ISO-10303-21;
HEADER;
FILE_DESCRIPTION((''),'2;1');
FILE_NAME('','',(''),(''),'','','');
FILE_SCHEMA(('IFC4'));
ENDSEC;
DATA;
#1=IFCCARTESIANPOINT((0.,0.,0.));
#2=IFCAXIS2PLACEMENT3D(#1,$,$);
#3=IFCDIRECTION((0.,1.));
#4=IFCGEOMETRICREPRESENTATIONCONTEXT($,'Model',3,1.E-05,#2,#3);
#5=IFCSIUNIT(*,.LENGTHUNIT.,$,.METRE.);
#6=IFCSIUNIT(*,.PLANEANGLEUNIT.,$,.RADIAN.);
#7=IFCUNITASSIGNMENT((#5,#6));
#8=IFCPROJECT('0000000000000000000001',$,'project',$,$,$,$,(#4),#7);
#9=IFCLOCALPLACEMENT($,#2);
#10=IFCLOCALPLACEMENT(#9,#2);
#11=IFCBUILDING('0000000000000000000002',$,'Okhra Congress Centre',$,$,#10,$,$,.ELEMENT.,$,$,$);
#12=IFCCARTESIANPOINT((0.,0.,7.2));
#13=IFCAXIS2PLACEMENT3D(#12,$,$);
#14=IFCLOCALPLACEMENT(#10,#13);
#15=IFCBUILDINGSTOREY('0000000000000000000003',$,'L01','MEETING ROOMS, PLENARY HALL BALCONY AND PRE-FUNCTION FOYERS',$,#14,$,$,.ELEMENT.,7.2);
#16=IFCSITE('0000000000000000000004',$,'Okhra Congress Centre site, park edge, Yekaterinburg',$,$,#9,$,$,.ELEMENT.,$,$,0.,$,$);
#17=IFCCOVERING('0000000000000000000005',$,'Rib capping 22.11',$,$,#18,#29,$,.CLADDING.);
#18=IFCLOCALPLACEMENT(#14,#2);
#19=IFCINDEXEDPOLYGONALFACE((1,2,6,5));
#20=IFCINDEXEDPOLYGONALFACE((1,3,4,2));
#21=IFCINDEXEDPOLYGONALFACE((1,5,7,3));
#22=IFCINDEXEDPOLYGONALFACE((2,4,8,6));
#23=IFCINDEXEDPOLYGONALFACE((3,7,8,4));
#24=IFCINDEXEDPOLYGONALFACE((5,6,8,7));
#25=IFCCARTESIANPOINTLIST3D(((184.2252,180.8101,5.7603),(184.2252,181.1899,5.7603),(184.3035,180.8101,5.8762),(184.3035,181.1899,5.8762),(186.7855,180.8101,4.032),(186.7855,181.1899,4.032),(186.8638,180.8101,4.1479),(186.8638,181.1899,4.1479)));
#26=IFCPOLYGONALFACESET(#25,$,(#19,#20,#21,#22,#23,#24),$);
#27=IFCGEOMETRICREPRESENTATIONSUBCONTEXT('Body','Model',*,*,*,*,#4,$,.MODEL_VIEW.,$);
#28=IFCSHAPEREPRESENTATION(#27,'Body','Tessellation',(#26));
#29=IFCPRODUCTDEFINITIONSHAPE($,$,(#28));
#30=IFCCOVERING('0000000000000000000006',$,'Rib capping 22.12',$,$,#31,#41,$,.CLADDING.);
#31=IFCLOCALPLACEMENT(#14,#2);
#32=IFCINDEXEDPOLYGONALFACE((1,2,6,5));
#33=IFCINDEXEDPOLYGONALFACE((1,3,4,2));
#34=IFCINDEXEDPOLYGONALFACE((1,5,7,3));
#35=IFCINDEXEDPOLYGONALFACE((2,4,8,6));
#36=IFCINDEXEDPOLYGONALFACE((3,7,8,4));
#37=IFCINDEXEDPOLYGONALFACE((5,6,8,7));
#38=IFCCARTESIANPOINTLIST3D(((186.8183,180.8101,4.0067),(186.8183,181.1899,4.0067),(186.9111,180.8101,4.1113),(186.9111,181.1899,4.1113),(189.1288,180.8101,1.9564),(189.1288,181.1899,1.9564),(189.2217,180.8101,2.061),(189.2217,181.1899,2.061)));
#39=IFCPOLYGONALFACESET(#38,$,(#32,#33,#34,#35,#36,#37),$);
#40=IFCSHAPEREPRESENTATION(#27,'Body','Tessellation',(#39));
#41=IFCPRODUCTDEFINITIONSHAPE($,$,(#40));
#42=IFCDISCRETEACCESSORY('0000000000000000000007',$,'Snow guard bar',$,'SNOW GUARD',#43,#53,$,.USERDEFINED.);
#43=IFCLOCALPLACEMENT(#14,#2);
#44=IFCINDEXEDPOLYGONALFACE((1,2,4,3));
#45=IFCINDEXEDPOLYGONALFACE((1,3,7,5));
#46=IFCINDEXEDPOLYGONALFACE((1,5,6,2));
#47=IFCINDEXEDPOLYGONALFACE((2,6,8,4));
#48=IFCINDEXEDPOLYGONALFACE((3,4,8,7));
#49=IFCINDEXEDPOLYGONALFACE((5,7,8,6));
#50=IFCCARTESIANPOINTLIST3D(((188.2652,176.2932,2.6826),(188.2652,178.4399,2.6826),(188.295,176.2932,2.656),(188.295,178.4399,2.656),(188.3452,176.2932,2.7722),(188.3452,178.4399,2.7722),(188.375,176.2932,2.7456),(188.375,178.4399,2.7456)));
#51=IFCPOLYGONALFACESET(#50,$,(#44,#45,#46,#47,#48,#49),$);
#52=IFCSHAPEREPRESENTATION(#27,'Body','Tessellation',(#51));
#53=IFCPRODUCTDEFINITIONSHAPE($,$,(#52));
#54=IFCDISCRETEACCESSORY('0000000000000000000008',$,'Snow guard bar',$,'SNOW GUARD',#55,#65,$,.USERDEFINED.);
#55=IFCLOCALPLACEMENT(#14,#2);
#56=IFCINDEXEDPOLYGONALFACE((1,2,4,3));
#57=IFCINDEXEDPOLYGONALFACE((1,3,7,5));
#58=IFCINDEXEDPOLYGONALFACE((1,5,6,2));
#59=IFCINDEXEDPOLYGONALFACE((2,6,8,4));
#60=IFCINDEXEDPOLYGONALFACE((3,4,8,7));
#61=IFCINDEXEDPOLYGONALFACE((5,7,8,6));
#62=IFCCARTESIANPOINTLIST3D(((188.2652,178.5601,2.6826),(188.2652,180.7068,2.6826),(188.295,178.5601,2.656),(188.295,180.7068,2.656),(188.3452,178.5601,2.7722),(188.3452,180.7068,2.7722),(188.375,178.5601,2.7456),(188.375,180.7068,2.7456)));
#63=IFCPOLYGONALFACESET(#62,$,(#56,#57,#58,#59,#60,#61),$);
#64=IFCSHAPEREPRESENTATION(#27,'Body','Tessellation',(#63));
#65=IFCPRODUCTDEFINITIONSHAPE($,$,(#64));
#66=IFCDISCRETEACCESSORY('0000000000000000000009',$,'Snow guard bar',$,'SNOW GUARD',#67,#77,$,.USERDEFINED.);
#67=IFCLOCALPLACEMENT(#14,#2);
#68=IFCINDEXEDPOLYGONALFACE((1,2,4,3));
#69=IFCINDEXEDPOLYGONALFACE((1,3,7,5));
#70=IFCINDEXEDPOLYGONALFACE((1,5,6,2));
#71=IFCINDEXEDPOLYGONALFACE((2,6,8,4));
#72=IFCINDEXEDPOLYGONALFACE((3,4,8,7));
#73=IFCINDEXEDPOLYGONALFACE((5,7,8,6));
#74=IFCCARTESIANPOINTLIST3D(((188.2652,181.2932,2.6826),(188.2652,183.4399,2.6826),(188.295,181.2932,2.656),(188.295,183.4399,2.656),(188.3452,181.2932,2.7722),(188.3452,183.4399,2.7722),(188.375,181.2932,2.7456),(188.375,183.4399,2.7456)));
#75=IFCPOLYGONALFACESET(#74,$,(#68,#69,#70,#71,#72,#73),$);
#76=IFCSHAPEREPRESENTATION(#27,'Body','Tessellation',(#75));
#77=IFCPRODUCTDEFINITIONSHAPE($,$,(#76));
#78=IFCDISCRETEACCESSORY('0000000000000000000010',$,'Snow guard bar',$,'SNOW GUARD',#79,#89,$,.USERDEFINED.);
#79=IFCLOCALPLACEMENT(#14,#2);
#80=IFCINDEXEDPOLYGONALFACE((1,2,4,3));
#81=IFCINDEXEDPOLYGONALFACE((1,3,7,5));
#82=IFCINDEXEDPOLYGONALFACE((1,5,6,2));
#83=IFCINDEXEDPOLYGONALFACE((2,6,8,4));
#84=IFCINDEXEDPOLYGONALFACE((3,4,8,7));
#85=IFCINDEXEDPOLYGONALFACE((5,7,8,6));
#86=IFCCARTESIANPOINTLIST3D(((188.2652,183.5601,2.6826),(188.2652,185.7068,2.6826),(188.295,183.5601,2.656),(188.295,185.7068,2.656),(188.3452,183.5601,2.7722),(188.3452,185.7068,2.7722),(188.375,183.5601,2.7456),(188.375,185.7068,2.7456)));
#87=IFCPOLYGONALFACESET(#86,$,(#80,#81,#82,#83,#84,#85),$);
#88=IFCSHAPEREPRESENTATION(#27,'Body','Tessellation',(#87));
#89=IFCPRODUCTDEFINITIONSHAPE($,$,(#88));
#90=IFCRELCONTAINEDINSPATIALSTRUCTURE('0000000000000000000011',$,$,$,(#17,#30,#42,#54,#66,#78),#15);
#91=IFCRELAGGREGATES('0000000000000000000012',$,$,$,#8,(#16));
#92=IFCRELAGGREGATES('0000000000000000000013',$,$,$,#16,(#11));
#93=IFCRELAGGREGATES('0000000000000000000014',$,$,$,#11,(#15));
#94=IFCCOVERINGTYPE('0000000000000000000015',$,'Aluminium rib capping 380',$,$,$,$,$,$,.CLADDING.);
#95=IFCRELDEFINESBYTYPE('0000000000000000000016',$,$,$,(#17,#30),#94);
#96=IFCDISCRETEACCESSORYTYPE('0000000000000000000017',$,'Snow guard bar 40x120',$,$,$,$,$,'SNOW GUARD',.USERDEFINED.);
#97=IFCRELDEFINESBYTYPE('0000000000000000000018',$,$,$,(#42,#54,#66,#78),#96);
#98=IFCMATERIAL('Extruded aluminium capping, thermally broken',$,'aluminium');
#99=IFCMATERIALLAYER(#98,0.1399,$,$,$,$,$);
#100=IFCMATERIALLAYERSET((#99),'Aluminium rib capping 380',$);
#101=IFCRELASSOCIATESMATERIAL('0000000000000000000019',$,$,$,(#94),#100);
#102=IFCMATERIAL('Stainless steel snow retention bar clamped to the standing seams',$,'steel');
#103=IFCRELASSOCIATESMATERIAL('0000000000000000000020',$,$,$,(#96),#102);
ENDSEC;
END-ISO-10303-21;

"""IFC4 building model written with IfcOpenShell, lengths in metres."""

from ifc_helpers import new_model, si_unit, direction, frame, origin, place, context, subcontext, project, spatial, polyline, outline, extrude, material, layer, layer_set, type_object, element, save


model = new_model("IFC4")

# Units and contexts
model_context = context("Model", 3, precision=1e-05, world=origin(), true_north=direction((0.0, 1.0)))
body_context = subcontext(model_context, "Body", "Model", "MODEL_VIEW")
ifc_project = project(units=[si_unit("LENGTHUNIT", "METRE"), si_unit("PLANEANGLEUNIT", "RADIAN")], contexts=[model_context])

# Site, building, storey
site_placement = place(None, origin())
site = spatial("IfcSite", under=ifc_project, at=site_placement, Name="Okhra Congress Centre site, park edge, Yekaterinburg", CompositionType="ELEMENT", RefElevation=0.0)
building_placement = place(site_placement, origin())
building = spatial("IfcBuilding", under=site, at=building_placement, Name="Okhra Congress Centre", CompositionType="ELEMENT")
storey_placement = place(building_placement, frame((0.0, 0.0, 7.2)))
storey = spatial("IfcBuildingStorey", under=building, at=storey_placement, Name="L01", Description="MEETING ROOMS, PLENARY HALL BALCONY AND PRE-FUNCTION FOYERS", CompositionType="ELEMENT", Elevation=7.2)

# Coverings
ifc_material_1 = material(Name="Extruded aluminium capping, thermally broken", Category="aluminium")
ifc_layer_1 = layer(ifc_material_1, 0.1399)
ifc_layer_set_1 = layer_set([ifc_layer_1], Name="Aluminium rib capping 380")
covering_type = type_object("IfcCoveringType", Name="Aluminium rib capping 380", PredefinedType="CLADDING", material=ifc_layer_set_1)
covering_1_placement = place(storey_placement, frame((184.3035, 180.8101, 5.8762), z_axis=(0.559488, 0.0, 0.828839), x_axis=(0.828839, 0.0, -0.559488)))
element("IfcCovering", 1, at=covering_1_placement, inside=storey, type_object=covering_type, Name="Rib capping 22.11", PredefinedType="CLADDING", context=body_context, shape_type="SweptSolid", body=[
    extrude(outline(polyline([(0.0, 0.0), (3.089, 0.0), (3.089, 0.3799), (0.0, 0.3799), (0.0, 0.0)])), origin(), (0.0, 0.0, -1.0), 0.1399),
])
covering_2_placement = place(storey_placement, frame((186.9111, 180.8101, 4.1113), z_axis=(0.663726, 0.0, 0.747976), x_axis=(0.747976, 0.0, -0.663726)))
element("IfcCovering", 2, at=covering_2_placement, inside=storey, type_object=covering_type, Name="Rib capping 22.12", PredefinedType="CLADDING", context=body_context, shape_type="SweptSolid", body=[
    extrude(outline(polyline([(0.0, 0.0), (3.0891, 0.0), (3.0891, 0.3799), (0.0, 0.3799), (0.0, 0.0)])), origin(), (0.0, 0.0, -1.0), 0.1399),
])

# Discrete accessories
ifc_material_2 = material(Name="Stainless steel snow retention bar clamped to the standing seams", Category="steel")
discrete_accessory_type = type_object("IfcDiscreteAccessoryType", Name="Snow guard bar 40x120", ElementType="SNOW GUARD", PredefinedType="USERDEFINED", material=ifc_material_2)
for number, where, z_axis, x_axis, name in (
    (3, (188.3452, 176.2932, 2.7722), (0.666259, 0.0, 0.745721), (0.745721, 0.0, -0.666259), "Snow guard bar"),
    (4, (188.3452, 178.5601, 2.7722), (0.666259, 0.0, 0.745721), (0.745721, 0.0, -0.666259), "Snow guard bar"),
    (5, (188.3452, 181.2932, 2.7722), (0.666259, 0.0, 0.745721), (0.745721, 0.0, -0.666259), "Snow guard bar"),
    (6, (188.3452, 183.5601, 2.7722), (0.666259, 0.0, 0.745721), (0.745721, 0.0, -0.666259), "Snow guard bar"),
):
    element("IfcDiscreteAccessory", number, at=place(storey_placement, frame(where, z_axis=z_axis, x_axis=x_axis)), inside=storey, type_object=discrete_accessory_type, Name=name, ObjectType="SNOW GUARD", PredefinedType="USERDEFINED", context=body_context, shape_type="SweptSolid", body=[
        extrude(outline(polyline([(0.0, 0.0), (0.0399, 0.0), (0.0399, 2.1467), (0.0, 2.1467), (0.0, 0.0)])), origin(), (0.0, 0.0, -1.0), 0.1201),
    ])

save(model, "model.ifc")
